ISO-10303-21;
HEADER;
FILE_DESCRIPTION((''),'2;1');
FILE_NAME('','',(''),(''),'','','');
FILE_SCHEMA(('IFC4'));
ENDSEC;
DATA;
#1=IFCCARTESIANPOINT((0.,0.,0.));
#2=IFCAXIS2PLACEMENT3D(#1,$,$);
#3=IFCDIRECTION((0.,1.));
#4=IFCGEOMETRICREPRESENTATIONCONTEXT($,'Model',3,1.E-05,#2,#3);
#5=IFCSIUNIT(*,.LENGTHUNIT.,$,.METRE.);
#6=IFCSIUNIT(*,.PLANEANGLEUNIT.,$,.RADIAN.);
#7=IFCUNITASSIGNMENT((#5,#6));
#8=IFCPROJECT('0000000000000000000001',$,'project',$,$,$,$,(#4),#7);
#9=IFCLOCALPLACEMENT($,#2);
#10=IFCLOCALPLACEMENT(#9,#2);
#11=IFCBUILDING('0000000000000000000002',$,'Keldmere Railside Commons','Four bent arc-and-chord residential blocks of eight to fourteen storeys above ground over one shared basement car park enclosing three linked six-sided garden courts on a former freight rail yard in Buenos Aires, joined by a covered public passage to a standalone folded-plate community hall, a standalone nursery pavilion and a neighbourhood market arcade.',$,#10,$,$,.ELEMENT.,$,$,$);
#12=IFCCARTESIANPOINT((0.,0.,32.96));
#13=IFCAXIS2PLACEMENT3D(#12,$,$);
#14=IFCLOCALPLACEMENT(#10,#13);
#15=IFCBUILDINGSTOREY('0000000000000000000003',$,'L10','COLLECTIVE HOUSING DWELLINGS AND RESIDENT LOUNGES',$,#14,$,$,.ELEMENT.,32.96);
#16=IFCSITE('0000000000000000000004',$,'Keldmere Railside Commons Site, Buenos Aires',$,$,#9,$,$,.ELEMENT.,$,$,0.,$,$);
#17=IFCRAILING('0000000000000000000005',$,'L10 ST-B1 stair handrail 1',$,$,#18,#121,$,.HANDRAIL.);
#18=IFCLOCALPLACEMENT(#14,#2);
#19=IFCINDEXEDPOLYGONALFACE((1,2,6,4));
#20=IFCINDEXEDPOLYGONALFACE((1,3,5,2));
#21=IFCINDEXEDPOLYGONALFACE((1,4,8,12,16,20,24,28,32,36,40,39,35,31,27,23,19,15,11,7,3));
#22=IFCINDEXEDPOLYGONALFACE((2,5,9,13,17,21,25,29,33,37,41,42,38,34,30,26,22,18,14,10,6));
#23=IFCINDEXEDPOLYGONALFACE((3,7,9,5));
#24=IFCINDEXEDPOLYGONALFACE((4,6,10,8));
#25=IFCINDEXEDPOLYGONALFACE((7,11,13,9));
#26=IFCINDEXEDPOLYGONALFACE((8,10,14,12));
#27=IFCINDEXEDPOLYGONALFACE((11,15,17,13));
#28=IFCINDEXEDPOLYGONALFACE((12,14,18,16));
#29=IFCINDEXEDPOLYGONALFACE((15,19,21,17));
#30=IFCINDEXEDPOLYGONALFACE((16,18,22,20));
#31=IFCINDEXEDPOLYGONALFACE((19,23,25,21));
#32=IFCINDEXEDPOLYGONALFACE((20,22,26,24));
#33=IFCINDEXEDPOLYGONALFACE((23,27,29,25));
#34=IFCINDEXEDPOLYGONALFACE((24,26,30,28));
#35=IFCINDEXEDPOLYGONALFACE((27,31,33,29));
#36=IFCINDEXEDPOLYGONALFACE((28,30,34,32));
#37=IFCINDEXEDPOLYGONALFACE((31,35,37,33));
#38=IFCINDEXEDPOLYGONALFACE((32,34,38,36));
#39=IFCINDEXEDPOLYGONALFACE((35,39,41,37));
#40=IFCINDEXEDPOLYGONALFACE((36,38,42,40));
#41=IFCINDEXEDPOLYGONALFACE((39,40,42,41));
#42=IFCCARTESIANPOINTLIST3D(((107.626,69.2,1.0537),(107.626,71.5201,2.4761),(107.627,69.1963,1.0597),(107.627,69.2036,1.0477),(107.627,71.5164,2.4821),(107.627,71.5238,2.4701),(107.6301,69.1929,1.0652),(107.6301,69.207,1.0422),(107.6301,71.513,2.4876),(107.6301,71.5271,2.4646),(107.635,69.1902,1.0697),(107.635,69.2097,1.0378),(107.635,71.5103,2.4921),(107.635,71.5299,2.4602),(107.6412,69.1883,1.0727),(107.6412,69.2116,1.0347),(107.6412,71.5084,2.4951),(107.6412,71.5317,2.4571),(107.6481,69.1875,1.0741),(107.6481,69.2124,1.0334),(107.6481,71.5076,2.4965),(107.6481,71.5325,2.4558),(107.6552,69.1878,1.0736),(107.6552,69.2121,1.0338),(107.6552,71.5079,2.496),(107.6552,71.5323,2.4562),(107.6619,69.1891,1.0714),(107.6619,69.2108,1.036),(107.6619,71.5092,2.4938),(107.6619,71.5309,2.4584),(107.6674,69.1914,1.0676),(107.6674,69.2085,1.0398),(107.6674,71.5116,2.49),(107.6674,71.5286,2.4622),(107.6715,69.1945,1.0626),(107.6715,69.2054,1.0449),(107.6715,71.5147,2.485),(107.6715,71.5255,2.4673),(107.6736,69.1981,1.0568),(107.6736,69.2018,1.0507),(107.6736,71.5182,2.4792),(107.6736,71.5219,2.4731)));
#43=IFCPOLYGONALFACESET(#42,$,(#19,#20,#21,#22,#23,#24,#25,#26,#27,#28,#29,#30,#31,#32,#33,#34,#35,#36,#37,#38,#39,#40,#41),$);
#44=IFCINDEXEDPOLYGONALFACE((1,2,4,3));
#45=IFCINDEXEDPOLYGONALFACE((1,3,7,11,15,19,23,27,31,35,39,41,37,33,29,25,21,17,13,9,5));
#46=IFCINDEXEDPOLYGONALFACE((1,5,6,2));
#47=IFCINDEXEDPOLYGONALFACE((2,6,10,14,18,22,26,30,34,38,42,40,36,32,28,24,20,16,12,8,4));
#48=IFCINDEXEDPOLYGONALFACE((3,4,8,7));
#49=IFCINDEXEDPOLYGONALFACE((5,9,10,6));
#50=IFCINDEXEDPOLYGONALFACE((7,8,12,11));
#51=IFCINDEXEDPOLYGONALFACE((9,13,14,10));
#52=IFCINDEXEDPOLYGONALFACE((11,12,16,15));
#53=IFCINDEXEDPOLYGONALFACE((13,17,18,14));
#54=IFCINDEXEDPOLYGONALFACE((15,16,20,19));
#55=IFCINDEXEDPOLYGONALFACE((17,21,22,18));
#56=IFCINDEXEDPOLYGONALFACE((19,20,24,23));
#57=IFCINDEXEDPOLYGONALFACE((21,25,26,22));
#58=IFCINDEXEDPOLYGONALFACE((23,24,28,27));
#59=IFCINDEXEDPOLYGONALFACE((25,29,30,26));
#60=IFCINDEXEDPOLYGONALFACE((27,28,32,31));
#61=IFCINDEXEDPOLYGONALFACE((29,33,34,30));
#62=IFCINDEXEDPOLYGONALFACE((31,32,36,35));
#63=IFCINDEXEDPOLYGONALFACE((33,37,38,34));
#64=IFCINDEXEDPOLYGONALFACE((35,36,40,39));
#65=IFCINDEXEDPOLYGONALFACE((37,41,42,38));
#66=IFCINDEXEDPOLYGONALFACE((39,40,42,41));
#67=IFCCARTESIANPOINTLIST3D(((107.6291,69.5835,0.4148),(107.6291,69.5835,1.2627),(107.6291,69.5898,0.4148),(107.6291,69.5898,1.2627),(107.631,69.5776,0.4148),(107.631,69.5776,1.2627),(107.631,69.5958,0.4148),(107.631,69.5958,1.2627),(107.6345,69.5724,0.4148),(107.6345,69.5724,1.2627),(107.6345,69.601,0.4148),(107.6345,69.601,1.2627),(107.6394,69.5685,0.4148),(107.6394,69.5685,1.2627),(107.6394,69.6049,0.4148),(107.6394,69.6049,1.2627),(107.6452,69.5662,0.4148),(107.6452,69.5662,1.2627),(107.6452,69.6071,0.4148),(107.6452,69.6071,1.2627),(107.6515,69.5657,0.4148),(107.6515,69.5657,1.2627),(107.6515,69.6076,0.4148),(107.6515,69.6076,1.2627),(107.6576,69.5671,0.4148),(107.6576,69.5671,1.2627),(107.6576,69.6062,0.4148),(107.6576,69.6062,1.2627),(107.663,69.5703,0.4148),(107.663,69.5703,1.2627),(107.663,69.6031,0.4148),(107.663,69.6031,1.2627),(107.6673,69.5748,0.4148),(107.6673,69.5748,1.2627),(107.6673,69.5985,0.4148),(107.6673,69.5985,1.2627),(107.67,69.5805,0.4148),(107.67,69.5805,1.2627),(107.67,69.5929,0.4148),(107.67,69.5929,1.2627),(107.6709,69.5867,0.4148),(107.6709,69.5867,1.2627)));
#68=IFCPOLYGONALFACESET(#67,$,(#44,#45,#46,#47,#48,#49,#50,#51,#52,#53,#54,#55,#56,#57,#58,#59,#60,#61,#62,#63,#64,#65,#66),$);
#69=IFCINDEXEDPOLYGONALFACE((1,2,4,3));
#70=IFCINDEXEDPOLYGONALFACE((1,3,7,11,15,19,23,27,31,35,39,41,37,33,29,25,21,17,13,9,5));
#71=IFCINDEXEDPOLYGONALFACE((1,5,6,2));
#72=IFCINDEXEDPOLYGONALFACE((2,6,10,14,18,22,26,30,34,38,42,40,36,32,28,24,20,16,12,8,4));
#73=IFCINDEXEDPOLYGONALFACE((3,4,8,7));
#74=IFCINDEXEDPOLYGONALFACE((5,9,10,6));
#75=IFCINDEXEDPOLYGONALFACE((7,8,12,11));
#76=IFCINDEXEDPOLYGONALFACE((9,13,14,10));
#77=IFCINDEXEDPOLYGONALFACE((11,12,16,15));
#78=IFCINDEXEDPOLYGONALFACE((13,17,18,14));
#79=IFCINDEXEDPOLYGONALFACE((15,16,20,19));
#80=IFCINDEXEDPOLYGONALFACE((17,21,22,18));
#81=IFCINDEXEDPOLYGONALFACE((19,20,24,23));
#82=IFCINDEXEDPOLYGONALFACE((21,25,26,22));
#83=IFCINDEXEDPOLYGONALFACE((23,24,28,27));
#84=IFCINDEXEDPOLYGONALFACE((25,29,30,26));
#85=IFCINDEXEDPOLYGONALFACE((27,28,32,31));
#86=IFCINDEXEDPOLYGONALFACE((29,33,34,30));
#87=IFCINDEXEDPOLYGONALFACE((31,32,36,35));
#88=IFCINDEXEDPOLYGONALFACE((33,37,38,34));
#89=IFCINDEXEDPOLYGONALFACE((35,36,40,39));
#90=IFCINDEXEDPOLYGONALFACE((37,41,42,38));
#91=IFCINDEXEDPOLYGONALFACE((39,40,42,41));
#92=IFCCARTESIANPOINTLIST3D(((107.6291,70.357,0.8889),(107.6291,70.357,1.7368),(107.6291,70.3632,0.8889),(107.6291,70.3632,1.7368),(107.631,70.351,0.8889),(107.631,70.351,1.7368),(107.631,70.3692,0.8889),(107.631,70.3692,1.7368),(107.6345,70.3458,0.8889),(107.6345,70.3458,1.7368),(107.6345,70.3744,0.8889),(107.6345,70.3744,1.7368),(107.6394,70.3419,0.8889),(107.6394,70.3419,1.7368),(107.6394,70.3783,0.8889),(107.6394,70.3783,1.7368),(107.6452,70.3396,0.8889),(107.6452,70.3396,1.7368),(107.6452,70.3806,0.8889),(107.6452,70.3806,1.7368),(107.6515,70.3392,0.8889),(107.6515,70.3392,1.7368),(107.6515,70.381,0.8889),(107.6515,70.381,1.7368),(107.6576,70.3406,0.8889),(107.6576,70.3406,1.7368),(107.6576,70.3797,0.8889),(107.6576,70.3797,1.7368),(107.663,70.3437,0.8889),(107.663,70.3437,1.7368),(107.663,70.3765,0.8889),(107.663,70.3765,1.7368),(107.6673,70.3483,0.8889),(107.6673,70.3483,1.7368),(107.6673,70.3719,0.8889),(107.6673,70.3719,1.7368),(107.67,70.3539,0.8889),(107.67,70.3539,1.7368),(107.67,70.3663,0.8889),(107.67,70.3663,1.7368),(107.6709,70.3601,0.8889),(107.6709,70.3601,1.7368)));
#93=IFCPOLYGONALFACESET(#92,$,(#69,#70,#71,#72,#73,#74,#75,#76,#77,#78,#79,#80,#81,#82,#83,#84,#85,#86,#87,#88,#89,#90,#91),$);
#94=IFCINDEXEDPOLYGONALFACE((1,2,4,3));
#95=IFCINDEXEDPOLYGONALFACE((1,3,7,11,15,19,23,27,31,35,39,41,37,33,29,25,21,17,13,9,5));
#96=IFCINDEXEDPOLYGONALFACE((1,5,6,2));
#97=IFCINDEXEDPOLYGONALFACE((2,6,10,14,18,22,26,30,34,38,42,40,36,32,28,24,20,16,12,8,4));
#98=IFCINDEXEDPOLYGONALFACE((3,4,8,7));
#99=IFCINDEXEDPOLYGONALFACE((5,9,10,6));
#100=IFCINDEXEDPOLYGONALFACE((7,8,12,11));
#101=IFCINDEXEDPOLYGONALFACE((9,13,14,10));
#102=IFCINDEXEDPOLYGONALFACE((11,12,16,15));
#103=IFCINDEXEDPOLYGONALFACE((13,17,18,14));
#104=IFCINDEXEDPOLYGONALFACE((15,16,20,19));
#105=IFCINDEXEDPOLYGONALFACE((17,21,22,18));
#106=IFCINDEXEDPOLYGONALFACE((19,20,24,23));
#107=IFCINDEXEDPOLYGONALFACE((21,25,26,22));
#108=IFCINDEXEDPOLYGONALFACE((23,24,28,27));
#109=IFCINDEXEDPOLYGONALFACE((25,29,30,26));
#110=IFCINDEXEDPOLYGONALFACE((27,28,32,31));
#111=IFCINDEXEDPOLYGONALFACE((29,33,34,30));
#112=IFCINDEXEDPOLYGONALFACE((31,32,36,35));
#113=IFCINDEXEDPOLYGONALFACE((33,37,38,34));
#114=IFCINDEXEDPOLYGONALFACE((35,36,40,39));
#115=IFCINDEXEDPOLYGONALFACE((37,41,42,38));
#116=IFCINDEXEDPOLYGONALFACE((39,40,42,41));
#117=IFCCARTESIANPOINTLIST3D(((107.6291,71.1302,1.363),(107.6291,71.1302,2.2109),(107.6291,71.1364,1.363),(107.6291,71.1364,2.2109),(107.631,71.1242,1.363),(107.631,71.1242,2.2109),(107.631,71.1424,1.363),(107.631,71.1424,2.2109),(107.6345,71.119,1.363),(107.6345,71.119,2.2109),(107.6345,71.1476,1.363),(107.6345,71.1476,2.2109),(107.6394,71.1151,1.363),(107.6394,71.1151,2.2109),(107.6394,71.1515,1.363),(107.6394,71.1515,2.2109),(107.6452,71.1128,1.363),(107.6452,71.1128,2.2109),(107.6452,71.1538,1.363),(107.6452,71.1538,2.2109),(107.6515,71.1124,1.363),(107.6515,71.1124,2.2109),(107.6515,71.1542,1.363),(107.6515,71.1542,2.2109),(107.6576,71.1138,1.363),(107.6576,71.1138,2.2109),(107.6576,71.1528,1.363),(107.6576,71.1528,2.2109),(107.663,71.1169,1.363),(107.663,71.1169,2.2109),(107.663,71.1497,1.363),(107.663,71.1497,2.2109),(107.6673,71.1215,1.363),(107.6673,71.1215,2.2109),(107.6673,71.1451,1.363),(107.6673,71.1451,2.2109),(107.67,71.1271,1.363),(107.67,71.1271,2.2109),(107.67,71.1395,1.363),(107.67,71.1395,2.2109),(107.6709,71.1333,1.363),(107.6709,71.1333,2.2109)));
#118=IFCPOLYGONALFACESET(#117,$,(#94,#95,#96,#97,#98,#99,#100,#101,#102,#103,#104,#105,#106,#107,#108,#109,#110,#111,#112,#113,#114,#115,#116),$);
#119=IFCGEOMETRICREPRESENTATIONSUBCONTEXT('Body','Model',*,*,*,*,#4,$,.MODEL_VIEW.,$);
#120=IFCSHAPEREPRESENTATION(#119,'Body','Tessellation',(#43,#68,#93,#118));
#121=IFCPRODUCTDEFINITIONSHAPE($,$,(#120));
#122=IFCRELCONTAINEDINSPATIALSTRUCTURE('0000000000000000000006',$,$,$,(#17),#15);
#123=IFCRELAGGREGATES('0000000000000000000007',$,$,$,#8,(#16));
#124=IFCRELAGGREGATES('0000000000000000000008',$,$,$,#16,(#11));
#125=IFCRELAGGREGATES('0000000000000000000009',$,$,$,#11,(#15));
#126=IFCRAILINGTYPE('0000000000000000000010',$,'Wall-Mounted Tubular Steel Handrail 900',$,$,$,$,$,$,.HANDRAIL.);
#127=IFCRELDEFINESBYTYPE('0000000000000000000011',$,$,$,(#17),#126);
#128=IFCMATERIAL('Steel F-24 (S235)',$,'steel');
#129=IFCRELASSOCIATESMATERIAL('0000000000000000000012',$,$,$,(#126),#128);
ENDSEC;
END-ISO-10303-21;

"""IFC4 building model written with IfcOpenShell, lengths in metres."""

from ifc_helpers import new_model, si_unit, direction, frame, origin, origin_2d, place, context, subcontext, project, spatial, circle, extrude, material, type_object, element, save


model = new_model("IFC4")

# Units and contexts
model_context = context("Model", 3, precision=1e-05, world=origin(), true_north=direction((0.0, 1.0)))
body_context = subcontext(model_context, "Body", "Model", "MODEL_VIEW")
ifc_project = project(units=[si_unit("LENGTHUNIT", "METRE"), si_unit("PLANEANGLEUNIT", "RADIAN")], contexts=[model_context])

# Site, building, storey
site_placement = place(None, origin())
site = spatial("IfcSite", under=ifc_project, at=site_placement, Name="Keldmere Railside Commons Site, Buenos Aires", CompositionType="ELEMENT", RefElevation=0.0)
building_placement = place(site_placement, origin())
building = spatial("IfcBuilding", under=site, at=building_placement, Name="Keldmere Railside Commons", Description="Four bent arc-and-chord residential blocks of eight to fourteen storeys above ground over one shared basement car park enclosing three linked six-sided garden courts on a former freight rail yard in Buenos Aires, joined by a covered public passage to a standalone folded-plate community hall, a standalone nursery pavilion and a neighbourhood market arcade.", CompositionType="ELEMENT")
storey_placement = place(building_placement, frame((0.0, 0.0, 32.96)))
storey = spatial("IfcBuildingStorey", under=building, at=storey_placement, Name="L10", Description="COLLECTIVE HOUSING DWELLINGS AND RESIDENT LOUNGES", CompositionType="ELEMENT", Elevation=32.96)

# Shared definitions
ifc_material_1 = material(Name="Steel F-24 (S235)", Category="steel")

# Railing
railing_type_1 = type_object("IfcRailingType", Name="Wall-Mounted Tubular Steel Handrail 900", PredefinedType="HANDRAIL", material=ifc_material_1)
railing_1_placement = place(storey_placement, frame((107.6499, 69.2, 0.1777)))
element("IfcRailing", 1, at=railing_1_placement, inside=storey, type_object=railing_type_1, Name="L10 ST-B1 stair handrail 1", PredefinedType="HANDRAIL", context=body_context, shape_type="SweptSolid", body=[
    extrude(circle(Radius=0.0239, at=origin_2d()), frame((0.0, 0.0, 0.876), z_axis=(0.0, 0.852538, 0.522665), x_axis=(-1.0, 0.0, 0.0)), (0.0, 0.0, 1.0), 2.7214),
    extrude(circle(Radius=0.021, at=origin_2d()), frame((0.0, 0.3867, 0.2371)), (0.0, 0.0, 1.0), 0.8479),
    extrude(circle(Radius=0.021, at=origin_2d()), frame((0.0, 1.1602, 0.7112)), (0.0, 0.0, 1.0), 0.8479),
    extrude(circle(Radius=0.021, at=origin_2d()), frame((0.0, 1.9333, 1.1853)), (0.0, 0.0, 1.0), 0.8479),
])

save(model, "model.ifc")
